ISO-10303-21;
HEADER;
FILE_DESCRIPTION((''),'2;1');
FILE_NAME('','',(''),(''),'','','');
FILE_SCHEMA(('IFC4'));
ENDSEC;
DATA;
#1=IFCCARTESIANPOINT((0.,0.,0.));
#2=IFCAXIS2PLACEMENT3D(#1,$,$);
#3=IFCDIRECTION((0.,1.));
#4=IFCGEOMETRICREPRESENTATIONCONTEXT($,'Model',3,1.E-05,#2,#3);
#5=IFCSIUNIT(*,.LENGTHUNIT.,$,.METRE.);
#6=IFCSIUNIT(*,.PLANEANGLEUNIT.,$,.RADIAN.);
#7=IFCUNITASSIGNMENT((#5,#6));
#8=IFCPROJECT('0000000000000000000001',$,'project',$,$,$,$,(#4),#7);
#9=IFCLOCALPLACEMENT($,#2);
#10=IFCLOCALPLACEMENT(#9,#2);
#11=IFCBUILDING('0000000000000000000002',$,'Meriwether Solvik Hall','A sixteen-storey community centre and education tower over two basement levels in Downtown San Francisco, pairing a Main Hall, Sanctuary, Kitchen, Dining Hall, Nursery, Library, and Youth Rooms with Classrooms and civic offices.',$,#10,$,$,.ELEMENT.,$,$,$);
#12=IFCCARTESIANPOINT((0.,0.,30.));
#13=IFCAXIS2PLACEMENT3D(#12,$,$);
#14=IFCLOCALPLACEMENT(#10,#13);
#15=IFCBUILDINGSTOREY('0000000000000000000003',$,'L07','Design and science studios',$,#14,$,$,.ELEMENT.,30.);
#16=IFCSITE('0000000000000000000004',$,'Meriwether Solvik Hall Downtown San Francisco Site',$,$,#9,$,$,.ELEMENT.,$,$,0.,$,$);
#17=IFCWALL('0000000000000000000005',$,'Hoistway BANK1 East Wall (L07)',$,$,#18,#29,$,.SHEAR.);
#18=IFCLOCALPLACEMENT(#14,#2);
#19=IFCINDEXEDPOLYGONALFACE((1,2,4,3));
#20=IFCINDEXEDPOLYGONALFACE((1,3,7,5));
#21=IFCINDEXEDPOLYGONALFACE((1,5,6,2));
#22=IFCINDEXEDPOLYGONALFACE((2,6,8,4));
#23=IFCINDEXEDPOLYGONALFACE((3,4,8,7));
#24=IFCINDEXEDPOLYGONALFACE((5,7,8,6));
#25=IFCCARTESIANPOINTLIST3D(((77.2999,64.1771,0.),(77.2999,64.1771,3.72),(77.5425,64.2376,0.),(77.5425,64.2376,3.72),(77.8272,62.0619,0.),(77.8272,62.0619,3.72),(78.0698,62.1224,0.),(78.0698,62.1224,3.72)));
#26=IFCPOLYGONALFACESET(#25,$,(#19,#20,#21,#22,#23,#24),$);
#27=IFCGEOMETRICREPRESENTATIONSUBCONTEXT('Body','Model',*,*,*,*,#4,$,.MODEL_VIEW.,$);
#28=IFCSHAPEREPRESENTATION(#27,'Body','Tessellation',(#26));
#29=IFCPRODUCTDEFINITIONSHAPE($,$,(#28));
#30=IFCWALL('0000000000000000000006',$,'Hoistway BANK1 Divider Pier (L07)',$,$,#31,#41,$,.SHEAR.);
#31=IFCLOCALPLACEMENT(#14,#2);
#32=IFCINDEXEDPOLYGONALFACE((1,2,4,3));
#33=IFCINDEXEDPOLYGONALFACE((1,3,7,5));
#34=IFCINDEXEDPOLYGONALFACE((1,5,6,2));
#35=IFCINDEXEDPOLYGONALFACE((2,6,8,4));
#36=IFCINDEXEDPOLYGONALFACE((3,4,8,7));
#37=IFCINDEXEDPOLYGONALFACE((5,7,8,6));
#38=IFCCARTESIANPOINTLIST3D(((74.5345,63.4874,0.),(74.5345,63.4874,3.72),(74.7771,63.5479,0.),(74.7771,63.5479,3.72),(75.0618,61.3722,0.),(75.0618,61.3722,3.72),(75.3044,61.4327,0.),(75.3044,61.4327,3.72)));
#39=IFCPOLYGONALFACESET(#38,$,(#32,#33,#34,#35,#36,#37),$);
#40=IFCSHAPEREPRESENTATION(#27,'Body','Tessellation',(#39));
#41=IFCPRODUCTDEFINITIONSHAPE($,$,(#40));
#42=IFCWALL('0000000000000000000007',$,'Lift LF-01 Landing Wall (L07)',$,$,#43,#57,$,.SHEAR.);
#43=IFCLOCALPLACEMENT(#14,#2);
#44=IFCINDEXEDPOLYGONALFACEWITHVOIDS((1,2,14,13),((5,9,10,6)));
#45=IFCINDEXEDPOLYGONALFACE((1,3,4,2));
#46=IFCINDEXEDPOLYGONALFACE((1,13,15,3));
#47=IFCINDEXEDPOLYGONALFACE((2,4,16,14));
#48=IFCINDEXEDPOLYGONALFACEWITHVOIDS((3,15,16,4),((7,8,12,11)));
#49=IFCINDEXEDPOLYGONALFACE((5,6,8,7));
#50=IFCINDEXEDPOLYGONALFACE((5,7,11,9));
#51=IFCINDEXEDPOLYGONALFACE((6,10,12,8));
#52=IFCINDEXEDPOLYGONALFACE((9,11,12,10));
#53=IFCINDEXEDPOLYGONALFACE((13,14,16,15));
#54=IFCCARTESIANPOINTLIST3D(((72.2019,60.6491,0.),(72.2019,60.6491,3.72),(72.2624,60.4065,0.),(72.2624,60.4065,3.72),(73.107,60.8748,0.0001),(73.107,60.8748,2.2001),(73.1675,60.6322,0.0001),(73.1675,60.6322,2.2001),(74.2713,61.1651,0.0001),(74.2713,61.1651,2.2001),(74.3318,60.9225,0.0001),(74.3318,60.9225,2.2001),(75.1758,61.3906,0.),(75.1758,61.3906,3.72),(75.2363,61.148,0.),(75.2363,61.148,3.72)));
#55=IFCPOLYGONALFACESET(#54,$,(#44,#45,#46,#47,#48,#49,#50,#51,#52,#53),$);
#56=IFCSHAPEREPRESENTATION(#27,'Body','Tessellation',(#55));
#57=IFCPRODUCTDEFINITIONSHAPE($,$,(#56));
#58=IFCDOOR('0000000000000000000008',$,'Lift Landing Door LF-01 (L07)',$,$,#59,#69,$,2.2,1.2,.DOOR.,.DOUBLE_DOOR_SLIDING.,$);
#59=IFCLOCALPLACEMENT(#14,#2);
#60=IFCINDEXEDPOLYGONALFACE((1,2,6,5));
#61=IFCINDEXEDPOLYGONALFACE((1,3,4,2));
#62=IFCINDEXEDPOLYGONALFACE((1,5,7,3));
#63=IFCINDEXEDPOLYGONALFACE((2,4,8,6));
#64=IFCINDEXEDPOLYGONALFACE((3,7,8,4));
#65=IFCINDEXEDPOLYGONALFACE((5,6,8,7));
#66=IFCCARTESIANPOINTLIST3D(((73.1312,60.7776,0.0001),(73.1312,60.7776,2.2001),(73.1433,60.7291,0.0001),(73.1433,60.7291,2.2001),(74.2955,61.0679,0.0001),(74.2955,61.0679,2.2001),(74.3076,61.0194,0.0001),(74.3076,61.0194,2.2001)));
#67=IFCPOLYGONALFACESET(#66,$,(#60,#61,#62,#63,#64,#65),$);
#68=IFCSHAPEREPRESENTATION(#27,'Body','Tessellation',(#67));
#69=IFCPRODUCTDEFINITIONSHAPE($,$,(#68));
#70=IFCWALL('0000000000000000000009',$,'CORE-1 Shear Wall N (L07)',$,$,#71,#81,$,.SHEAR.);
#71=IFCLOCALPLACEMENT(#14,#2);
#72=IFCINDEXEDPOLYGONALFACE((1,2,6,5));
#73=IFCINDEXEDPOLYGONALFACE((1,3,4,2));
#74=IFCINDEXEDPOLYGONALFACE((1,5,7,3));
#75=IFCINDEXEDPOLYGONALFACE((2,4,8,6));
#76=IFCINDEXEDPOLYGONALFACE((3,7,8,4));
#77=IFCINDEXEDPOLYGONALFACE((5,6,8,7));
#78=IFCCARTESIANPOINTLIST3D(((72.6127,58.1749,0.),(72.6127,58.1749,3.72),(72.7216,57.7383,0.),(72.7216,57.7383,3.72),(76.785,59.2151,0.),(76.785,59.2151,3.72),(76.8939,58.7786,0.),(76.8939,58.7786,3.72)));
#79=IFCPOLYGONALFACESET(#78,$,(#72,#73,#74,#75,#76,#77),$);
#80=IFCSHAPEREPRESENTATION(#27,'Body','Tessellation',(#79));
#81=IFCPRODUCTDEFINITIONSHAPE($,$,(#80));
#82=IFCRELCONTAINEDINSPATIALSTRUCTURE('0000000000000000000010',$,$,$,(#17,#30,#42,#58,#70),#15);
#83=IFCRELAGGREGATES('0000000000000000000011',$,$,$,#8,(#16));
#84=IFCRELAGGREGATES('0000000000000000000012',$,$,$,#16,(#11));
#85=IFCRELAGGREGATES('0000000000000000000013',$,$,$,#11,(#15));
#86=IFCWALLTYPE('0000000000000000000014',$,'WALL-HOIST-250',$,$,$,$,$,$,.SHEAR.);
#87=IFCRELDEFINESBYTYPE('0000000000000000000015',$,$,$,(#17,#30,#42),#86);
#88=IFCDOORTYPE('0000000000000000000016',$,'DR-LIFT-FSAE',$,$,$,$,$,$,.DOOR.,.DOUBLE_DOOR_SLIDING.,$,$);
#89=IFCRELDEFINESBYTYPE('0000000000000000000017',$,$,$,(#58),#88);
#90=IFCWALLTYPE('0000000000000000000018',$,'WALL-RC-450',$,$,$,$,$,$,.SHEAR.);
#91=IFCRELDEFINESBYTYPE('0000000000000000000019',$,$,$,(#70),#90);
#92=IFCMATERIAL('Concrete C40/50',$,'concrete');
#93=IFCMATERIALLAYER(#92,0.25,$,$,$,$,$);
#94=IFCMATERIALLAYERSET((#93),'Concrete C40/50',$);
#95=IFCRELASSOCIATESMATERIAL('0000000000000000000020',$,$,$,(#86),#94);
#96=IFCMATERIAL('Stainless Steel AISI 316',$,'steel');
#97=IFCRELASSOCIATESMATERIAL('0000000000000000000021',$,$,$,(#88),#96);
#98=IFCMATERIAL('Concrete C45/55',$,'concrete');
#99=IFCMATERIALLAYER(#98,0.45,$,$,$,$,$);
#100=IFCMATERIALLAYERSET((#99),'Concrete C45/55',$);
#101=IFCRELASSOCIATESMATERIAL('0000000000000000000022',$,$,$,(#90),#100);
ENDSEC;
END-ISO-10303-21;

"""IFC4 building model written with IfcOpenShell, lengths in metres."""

from ifc_helpers import new_model, si_unit, direction, frame, frame_2d, origin, place, context, subcontext, project, spatial, rectangle, extrude, material, layer, layer_set, type_object, element, fill, save


model = new_model("IFC4")

# Units and contexts
model_context = context("Model", 3, precision=1e-05, world=origin(), true_north=direction((0.0, 1.0)))
body_context = subcontext(model_context, "Body", "Model", "MODEL_VIEW")
ifc_project = project(units=[si_unit("LENGTHUNIT", "METRE"), si_unit("PLANEANGLEUNIT", "RADIAN")], contexts=[model_context])

# Site, building, storey
site_placement = place(None, origin())
site = spatial("IfcSite", under=ifc_project, at=site_placement, Name="Meriwether Solvik Hall Downtown San Francisco Site", CompositionType="ELEMENT", RefElevation=0.0)
building_placement = place(site_placement, origin())
building = spatial("IfcBuilding", under=site, at=building_placement, Name="Meriwether Solvik Hall", Description="A sixteen-storey community centre and education tower over two basement levels in Downtown San Francisco, pairing a Main Hall, Sanctuary, Kitchen, Dining Hall, Nursery, Library, and Youth Rooms with Classrooms and civic offices.", CompositionType="ELEMENT")
storey_placement = place(building_placement, frame((0.0, 0.0, 30.0)))
storey = spatial("IfcBuildingStorey", under=building, at=storey_placement, Name="L07", Description="Design and science studios", CompositionType="ELEMENT", Elevation=30.0)

# Walls
ifc_material_1 = material(Name="Concrete C40/50", Category="concrete")
ifc_layer_1 = layer(ifc_material_1, 0.25)
ifc_layer_set_1 = layer_set([ifc_layer_1], Name="Concrete C40/50")
wall_type_1 = type_object("IfcWallType", Name="WALL-HOIST-250", PredefinedType="SHEAR", material=ifc_layer_set_1)
for number, where, z_axis, x_axis, name in (
    (1, (77.9485, 62.0923, 0.0), (0.0, 0.0, 1.0), (-0.241903, 0.9703, 0.0), "Hoistway BANK1 East Wall (L07)"),
    (2, (75.1831, 61.4026, 0.0), (0.0, 0.0, 1.0), (-0.241903, 0.9703, 0.0), "Hoistway BANK1 Divider Pier (L07)"),
):
    element("IfcWall", number, at=place(storey_placement, frame(where, z_axis=z_axis, x_axis=x_axis)), inside=storey, type_object=wall_type_1, Name=name, PredefinedType="SHEAR", context=body_context, shape_type="SweptSolid", body=[
        extrude(rectangle(XDim=2.1799, YDim=0.25, at=frame_2d((1.0898, 0.0))), origin(), (0.0, 0.0, 1.0), 3.72),
    ])

# Wall, opening, door
wall_1_placement = place(storey_placement, frame((72.2322, 60.5278, 0.0), z_axis=(0.0, 0.0, 1.0), x_axis=(0.970297, 0.241917, 0.0)))
wall_1 = element("IfcWall", 3, at=wall_1_placement, inside=storey, type_object=wall_type_1, Name="Lift LF-01 Landing Wall (L07)", PredefinedType="SHEAR", context=body_context, shape_type="SweptSolid", body=[
    extrude(rectangle(XDim=3.0649, YDim=0.25, at=frame_2d((1.5325, 0.0))), origin(), (0.0, 0.0, 1.0), 3.72),
])
opening_1_placement = place(wall_1_placement, frame((0.9326, 0.0, 0.0)))
opening_1 = element("IfcOpeningElement", 4, at=opening_1_placement, cuts=wall_1, PredefinedType="OPENING", context=body_context, shape_type="SweptSolid", body=[
    extrude(rectangle(XDim=1.2, YDim=2.2, at=frame_2d((0.6001, 1.1001))), frame((0.0, 0.137, 0.0), z_axis=(0.0, -1.0, 0.0), x_axis=(1.0, 0.0, 0.0)), (0.0, 0.0, 1.0), 0.2739),
])
ifc_material_2 = material(Name="Stainless Steel AISI 316", Category="steel")
door_type_1 = type_object("IfcDoorType", Name="DR-LIFT-FSAE", OperationType="DOUBLE_DOOR_SLIDING", PredefinedType="DOOR", material=ifc_material_2)
door_1_placement = place(opening_1_placement, origin())
door_1 = element("IfcDoor", 5, at=door_1_placement, inside=storey, type_object=door_type_1, Name="Lift Landing Door LF-01 (L07)", OperationType="DOUBLE_DOOR_SLIDING", OverallHeight=2.2, OverallWidth=1.2, PredefinedType="DOOR", context=body_context, shape_type="SweptSolid", body=[
    extrude(rectangle(XDim=1.2, YDim=2.2, at=frame_2d((0.6001, 1.1001))), frame((0.0, 0.0249, 0.0), z_axis=(0.0, -1.0, 0.0), x_axis=(1.0, 0.0, 0.0)), (0.0, 0.0, 1.0), 0.05),
])
fill(opening_1, door_1)

# Wall
ifc_material_3 = material(Name="Concrete C45/55", Category="concrete")
ifc_layer_2 = layer(ifc_material_3, 0.45)
ifc_layer_set_2 = layer_set([ifc_layer_2], Name="Concrete C45/55")
wall_type_2 = type_object("IfcWallType", Name="WALL-RC-450", PredefinedType="SHEAR", material=ifc_layer_set_2)
wall_2_placement = place(storey_placement, frame((76.8394, 58.9968, 0.0), z_axis=(0.0, 0.0, 1.0), x_axis=(-0.970296, -0.241921, 0.0)))
element("IfcWall", 6, at=wall_2_placement, inside=storey, type_object=wall_type_2, Name="CORE-1 Shear Wall N (L07)", PredefinedType="SHEAR", context=body_context, shape_type="SweptSolid", body=[
    extrude(rectangle(XDim=4.3, YDim=0.45, at=frame_2d((2.1499, 0.0))), origin(), (0.0, 0.0, 1.0), 3.72),
])

save(model, "model.ifc")
